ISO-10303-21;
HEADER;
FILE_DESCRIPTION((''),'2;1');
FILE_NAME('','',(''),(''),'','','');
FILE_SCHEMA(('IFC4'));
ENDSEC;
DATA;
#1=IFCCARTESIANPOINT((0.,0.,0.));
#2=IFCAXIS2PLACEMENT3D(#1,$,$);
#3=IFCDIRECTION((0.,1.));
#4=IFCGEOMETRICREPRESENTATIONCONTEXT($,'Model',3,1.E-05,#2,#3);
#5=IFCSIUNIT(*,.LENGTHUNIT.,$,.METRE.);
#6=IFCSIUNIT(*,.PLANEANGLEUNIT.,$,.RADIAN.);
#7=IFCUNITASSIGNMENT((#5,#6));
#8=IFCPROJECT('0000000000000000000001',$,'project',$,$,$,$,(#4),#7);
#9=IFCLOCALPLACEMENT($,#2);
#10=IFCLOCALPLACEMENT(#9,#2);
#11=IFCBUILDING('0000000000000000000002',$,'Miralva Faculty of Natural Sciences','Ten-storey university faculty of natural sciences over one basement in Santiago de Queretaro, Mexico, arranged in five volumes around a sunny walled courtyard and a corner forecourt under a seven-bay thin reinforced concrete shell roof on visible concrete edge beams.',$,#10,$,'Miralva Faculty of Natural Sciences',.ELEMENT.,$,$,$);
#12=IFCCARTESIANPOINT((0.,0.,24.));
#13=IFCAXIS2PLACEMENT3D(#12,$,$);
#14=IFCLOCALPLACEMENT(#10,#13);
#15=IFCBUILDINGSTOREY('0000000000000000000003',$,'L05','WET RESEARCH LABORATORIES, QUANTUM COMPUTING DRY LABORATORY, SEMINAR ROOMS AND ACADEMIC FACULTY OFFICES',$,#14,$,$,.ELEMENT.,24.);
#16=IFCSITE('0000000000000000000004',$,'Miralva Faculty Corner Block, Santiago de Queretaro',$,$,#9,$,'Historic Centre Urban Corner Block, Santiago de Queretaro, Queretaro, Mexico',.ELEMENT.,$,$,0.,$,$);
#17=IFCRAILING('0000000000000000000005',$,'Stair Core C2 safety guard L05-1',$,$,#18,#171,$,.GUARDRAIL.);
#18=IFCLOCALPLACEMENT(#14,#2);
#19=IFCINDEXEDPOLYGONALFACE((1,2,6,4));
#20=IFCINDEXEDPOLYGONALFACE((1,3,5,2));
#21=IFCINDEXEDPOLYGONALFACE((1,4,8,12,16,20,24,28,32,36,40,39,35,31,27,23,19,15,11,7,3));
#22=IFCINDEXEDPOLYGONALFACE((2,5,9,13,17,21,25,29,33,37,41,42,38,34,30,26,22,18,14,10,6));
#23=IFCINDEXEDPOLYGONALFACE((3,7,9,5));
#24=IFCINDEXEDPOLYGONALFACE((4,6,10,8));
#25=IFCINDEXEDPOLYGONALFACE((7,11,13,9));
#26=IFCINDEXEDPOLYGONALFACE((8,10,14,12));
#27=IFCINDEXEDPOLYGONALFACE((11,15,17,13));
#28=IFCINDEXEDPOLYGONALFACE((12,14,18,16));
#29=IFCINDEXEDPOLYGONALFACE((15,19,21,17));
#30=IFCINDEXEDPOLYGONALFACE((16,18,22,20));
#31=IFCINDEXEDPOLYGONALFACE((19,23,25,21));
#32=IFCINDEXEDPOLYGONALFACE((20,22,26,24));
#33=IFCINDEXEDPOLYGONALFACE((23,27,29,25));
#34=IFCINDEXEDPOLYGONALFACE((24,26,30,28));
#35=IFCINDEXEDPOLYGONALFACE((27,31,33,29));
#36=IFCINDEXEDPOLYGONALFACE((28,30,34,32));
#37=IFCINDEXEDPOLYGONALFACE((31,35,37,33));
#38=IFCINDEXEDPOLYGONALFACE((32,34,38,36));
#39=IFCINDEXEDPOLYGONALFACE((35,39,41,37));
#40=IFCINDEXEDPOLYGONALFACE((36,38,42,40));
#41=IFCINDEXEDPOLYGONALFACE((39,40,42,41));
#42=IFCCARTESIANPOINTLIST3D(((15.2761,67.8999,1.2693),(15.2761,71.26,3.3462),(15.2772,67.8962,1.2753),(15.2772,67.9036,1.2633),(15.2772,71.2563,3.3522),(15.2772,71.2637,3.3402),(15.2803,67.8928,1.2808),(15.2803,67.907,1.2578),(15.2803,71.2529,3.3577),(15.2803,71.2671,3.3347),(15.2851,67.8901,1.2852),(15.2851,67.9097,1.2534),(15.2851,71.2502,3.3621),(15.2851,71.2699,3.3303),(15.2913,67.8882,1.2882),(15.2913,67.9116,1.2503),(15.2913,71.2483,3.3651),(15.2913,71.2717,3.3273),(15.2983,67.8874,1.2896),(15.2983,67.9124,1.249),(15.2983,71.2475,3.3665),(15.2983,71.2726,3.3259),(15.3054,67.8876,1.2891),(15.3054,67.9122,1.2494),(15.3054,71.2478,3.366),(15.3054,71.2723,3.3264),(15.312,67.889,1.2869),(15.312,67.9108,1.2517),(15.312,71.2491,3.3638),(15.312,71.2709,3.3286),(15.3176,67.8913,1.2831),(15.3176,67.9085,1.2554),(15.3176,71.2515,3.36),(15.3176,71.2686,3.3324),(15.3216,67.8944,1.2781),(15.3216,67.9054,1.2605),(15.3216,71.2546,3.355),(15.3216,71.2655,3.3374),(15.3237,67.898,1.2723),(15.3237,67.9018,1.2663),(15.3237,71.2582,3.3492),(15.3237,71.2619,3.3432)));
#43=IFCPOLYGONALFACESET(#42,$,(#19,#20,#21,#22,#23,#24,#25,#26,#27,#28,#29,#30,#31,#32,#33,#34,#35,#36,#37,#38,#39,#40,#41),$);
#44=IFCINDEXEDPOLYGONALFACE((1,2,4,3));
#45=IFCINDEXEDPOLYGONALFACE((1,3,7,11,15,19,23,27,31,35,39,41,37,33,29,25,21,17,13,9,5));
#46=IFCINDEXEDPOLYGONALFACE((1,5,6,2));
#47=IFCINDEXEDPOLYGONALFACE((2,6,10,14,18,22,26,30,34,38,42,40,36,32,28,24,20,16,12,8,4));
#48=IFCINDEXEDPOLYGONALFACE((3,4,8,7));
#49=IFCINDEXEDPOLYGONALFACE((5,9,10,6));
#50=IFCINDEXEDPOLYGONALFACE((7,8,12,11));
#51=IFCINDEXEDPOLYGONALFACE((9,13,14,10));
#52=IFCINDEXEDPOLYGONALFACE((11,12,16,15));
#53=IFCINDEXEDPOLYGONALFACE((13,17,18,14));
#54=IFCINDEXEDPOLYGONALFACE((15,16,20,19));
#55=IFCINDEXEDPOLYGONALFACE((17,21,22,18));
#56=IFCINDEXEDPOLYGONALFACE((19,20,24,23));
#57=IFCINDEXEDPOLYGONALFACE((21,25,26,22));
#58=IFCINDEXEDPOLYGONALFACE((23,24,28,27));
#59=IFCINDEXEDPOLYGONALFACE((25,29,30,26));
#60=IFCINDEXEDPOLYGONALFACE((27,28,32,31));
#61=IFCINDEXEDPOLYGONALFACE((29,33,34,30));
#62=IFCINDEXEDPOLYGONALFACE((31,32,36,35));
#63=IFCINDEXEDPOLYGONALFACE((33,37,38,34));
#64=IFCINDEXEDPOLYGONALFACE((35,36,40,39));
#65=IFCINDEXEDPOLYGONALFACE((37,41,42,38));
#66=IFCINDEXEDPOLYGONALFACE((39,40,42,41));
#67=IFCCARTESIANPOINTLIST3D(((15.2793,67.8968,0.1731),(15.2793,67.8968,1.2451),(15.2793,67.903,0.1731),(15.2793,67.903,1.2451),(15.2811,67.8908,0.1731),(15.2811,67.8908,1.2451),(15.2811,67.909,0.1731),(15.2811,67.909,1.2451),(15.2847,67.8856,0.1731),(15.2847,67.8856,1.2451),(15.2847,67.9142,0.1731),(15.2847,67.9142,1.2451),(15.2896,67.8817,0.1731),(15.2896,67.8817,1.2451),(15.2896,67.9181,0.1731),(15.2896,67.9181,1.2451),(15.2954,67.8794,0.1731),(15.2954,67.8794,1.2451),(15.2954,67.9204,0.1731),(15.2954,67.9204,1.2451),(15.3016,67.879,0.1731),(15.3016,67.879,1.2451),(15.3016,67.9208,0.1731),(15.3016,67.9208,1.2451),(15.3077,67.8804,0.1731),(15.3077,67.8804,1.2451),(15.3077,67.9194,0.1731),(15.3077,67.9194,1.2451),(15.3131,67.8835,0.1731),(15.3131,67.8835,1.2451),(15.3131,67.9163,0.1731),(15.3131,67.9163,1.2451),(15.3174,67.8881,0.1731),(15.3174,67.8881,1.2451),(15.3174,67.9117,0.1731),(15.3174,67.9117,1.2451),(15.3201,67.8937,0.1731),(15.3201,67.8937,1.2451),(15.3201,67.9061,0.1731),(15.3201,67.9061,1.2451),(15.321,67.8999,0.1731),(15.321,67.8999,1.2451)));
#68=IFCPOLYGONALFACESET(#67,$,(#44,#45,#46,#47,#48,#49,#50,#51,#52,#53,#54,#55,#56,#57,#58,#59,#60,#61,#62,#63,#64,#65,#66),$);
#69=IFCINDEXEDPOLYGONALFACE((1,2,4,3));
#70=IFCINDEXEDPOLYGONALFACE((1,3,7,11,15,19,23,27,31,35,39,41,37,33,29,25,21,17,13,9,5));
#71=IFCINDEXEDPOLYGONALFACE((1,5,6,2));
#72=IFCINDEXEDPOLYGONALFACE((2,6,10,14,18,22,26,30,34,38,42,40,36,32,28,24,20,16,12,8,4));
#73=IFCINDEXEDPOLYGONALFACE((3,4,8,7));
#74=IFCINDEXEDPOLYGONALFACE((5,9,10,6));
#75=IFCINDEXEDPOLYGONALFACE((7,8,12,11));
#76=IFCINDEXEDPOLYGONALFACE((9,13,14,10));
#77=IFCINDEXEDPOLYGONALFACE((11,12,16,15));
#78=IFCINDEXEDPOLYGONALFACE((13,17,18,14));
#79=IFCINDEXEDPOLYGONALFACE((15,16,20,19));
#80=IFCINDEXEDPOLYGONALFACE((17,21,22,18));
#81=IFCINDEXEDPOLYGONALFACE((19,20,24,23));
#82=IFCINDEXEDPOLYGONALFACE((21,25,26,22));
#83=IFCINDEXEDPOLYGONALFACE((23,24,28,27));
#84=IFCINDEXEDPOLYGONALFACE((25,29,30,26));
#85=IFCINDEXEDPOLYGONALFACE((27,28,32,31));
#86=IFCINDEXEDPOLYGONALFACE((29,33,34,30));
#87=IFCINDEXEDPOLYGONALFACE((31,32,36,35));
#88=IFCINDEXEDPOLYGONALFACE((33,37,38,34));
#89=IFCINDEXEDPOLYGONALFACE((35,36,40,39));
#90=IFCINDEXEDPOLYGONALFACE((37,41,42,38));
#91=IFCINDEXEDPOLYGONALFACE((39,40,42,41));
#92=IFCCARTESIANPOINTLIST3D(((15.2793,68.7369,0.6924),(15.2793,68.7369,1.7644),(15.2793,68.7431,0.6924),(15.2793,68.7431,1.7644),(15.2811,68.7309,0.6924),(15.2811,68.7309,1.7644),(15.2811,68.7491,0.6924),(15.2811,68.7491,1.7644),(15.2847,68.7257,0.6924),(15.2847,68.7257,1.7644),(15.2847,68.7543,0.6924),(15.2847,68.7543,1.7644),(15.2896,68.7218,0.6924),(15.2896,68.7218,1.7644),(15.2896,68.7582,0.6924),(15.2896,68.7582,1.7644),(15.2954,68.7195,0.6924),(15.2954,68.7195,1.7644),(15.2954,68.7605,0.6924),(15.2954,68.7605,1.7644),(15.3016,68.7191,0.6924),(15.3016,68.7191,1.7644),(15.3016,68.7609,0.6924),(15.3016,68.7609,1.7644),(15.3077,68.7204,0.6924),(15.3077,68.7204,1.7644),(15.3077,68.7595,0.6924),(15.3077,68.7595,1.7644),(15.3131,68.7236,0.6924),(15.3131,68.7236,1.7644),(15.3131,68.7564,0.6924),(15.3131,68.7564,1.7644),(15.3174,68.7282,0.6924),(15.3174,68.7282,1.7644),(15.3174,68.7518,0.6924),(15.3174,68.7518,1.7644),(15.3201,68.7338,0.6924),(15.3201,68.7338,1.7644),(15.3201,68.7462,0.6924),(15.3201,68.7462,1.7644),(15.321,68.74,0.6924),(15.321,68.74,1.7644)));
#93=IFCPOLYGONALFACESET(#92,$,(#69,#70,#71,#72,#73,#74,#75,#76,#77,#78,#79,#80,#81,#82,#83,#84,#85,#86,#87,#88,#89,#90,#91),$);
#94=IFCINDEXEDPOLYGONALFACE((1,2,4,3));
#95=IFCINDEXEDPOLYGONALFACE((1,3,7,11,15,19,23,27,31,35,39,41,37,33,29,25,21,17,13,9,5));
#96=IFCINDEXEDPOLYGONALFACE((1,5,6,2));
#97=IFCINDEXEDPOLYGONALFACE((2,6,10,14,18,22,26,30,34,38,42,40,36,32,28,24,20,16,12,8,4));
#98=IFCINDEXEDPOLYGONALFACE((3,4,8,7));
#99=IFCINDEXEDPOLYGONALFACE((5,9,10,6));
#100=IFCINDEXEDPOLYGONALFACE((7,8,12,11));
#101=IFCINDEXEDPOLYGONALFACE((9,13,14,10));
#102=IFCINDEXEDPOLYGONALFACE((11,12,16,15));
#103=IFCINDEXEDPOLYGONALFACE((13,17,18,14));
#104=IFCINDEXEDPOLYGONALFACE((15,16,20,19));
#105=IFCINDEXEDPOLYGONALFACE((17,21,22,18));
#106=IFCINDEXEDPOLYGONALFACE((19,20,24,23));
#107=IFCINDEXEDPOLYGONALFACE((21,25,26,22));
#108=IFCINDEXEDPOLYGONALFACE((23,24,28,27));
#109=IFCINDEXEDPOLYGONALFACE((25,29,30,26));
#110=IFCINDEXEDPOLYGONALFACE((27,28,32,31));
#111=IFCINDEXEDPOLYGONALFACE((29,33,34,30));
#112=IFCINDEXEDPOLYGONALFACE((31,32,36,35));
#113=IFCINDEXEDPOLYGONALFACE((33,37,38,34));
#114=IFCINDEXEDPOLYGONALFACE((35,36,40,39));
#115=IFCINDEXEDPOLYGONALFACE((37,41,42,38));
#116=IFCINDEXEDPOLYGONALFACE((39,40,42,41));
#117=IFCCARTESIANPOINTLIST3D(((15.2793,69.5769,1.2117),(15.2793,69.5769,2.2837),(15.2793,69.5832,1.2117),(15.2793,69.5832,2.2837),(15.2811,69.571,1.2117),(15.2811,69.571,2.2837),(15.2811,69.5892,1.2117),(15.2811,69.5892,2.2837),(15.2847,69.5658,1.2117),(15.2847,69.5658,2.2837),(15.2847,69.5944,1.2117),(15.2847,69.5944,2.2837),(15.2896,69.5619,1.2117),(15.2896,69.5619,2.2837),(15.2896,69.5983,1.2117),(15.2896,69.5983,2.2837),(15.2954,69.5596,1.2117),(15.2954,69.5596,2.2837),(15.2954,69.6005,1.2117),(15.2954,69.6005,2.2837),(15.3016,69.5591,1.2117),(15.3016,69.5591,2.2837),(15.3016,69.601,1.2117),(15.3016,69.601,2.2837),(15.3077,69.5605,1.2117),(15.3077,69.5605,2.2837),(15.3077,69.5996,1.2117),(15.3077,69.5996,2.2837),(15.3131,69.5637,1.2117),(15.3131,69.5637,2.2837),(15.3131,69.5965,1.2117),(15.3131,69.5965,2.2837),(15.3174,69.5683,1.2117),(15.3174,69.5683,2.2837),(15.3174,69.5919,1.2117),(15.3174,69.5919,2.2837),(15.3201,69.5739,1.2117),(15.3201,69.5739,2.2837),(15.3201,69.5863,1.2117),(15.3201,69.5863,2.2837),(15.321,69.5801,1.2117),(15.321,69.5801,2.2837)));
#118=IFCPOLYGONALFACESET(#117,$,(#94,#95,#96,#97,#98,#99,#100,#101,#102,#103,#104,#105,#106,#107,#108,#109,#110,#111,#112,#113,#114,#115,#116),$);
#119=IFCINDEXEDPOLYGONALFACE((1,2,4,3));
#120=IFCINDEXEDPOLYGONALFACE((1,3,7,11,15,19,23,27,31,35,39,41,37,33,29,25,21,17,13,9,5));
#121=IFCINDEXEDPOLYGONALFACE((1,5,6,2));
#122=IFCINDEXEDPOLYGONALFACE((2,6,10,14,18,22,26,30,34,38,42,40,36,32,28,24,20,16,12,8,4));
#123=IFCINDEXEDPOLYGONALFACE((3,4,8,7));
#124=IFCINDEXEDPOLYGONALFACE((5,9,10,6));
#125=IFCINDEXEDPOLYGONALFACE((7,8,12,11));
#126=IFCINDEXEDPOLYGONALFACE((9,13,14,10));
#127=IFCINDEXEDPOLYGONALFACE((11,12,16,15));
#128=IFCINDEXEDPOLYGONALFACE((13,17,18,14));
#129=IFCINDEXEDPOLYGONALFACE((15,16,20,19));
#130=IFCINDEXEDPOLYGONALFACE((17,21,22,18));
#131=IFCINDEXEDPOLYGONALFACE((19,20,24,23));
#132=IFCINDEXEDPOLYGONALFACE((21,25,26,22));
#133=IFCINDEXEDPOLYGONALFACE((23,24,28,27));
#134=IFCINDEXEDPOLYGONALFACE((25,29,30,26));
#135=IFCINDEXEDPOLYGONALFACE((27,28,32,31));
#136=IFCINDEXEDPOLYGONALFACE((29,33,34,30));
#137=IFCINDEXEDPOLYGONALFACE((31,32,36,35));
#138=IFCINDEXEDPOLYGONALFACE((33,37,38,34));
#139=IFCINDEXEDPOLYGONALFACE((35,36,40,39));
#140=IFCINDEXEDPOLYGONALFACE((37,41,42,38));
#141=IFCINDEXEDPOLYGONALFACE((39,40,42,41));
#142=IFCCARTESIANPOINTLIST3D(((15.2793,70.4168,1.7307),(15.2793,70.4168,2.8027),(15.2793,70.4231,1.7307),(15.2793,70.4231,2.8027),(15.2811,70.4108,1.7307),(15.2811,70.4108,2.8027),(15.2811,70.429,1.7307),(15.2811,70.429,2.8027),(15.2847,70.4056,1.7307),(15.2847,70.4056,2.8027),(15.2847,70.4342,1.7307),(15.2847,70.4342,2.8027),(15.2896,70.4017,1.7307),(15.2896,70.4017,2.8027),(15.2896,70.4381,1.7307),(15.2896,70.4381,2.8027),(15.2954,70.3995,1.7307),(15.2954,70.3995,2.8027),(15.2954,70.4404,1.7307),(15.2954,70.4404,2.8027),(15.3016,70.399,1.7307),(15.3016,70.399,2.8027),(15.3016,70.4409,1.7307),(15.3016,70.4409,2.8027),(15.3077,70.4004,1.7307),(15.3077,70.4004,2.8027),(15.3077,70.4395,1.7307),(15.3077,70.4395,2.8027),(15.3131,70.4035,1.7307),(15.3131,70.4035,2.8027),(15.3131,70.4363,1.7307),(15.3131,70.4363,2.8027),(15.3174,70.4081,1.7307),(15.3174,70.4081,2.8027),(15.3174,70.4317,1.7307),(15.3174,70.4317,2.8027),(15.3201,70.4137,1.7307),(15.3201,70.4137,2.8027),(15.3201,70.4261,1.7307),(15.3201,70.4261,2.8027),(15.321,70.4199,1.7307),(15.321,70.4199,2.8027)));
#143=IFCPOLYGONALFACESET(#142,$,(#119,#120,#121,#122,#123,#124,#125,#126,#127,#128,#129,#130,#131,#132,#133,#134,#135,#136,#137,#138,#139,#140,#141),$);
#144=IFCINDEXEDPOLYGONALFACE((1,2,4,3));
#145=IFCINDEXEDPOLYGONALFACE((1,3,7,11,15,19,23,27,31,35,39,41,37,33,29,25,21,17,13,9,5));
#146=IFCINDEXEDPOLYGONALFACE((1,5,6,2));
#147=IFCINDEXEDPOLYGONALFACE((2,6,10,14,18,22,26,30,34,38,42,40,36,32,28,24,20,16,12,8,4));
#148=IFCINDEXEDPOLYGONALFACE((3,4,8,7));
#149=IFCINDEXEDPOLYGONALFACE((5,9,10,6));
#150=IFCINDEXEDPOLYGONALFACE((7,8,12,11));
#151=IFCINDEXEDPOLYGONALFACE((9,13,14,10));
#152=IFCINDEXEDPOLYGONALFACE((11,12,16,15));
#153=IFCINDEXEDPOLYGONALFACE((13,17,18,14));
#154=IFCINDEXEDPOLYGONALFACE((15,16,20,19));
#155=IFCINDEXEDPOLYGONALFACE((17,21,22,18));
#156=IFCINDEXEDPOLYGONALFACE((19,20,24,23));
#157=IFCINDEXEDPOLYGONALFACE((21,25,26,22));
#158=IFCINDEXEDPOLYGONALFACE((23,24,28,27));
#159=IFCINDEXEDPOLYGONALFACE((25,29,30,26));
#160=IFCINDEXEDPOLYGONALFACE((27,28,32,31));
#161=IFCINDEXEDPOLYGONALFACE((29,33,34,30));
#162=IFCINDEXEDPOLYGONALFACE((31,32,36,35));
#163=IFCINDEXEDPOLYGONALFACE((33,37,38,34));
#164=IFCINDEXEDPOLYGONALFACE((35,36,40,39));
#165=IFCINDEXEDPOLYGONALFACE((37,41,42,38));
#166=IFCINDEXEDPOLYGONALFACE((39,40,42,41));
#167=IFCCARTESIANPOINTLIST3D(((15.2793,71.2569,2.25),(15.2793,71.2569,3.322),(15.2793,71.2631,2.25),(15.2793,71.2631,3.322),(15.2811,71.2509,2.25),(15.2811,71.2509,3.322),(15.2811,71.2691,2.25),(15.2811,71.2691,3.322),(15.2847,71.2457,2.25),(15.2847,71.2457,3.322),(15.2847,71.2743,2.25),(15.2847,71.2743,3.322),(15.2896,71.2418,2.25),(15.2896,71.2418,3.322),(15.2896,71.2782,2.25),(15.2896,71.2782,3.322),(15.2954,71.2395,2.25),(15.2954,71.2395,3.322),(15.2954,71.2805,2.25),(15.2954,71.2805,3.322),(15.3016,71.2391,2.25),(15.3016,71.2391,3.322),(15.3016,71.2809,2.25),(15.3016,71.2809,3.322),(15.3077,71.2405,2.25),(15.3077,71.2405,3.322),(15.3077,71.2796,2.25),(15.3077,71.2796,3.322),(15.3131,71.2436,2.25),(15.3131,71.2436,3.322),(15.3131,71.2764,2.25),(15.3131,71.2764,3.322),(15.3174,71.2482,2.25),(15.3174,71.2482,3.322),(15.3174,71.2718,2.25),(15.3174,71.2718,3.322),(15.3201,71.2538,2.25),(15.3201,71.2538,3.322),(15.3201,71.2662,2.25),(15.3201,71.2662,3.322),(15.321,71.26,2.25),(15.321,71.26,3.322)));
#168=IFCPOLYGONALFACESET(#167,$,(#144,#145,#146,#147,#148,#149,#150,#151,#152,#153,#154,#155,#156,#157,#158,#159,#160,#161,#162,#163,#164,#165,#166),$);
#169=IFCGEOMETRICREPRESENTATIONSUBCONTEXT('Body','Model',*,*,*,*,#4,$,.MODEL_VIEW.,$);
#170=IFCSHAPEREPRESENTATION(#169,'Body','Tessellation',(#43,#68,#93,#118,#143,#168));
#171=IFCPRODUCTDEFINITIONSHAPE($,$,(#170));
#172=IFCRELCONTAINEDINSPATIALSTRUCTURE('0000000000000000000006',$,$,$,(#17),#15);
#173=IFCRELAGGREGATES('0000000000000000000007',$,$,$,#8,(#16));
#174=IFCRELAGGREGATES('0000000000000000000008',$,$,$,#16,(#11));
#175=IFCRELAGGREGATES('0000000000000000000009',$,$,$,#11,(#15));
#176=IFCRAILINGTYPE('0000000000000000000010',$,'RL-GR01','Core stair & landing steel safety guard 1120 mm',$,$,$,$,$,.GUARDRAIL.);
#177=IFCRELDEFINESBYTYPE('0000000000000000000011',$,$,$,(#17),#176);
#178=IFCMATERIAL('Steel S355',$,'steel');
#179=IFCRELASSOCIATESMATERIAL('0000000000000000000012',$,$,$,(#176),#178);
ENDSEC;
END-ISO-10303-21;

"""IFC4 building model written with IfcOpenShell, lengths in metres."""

from ifc_helpers import new_model, si_unit, direction, frame, origin, origin_2d, place, context, subcontext, project, spatial, circle, extrude, material, type_object, element, save


model = new_model("IFC4")

# Units and contexts
model_context = context("Model", 3, precision=1e-05, world=origin(), true_north=direction((0.0, 1.0)))
body_context = subcontext(model_context, "Body", "Model", "MODEL_VIEW")
ifc_project = project(units=[si_unit("LENGTHUNIT", "METRE"), si_unit("PLANEANGLEUNIT", "RADIAN")], contexts=[model_context])

# Site, building, storey
site_placement = place(None, origin())
site = spatial("IfcSite", under=ifc_project, at=site_placement, Name="Miralva Faculty Corner Block, Santiago de Queretaro", LongName="Historic Centre Urban Corner Block, Santiago de Queretaro, Queretaro, Mexico", CompositionType="ELEMENT", RefElevation=0.0)
building_placement = place(site_placement, origin())
building = spatial("IfcBuilding", under=site, at=building_placement, Name="Miralva Faculty of Natural Sciences", Description="Ten-storey university faculty of natural sciences over one basement in Santiago de Queretaro, Mexico, arranged in five volumes around a sunny walled courtyard and a corner forecourt under a seven-bay thin reinforced concrete shell roof on visible concrete edge beams.", LongName="Miralva Faculty of Natural Sciences", CompositionType="ELEMENT")
storey_placement = place(building_placement, frame((0.0, 0.0, 24.0)))
storey = spatial("IfcBuildingStorey", under=building, at=storey_placement, Name="L05", Description="WET RESEARCH LABORATORIES, QUANTUM COMPUTING DRY LABORATORY, SEMINAR ROOMS AND ACADEMIC FACULTY OFFICES", CompositionType="ELEMENT", Elevation=24.0)

# Railing
ifc_material_1 = material(Name="Steel S355", Category="steel")
railing_type_1 = type_object("IfcRailingType", Name="RL-GR01", Description="Core stair & landing steel safety guard 1120 mm", PredefinedType="GUARDRAIL", material=ifc_material_1)
railing_1_placement = place(storey_placement, frame((15.3, 67.8999, 0.1731)))
element("IfcRailing", 1, at=railing_1_placement, inside=storey, type_object=railing_type_1, Name="Stair Core C2 safety guard L05-1", PredefinedType="GUARDRAIL", context=body_context, shape_type="SweptSolid", body=[
    extrude(circle(Radius=0.0239, at=origin_2d()), frame((0.0, 0.0, 1.0962), z_axis=(0.0, 0.850623, 0.525776), x_axis=(-1.0, 0.0, 0.0)), (0.0, 0.0, 1.0), 3.9502),
    extrude(circle(Radius=0.021, at=origin_2d()), origin(), (0.0, 0.0, 1.0), 1.072),
    extrude(circle(Radius=0.021, at=origin_2d()), frame((0.0, 0.8401, 0.5193)), (0.0, 0.0, 1.0), 1.072),
    extrude(circle(Radius=0.021, at=origin_2d()), frame((0.0, 1.6802, 1.0386)), (0.0, 0.0, 1.0), 1.072),
    extrude(circle(Radius=0.021, at=origin_2d()), frame((0.0, 2.52, 1.5576)), (0.0, 0.0, 1.0), 1.072),
    extrude(circle(Radius=0.021, at=origin_2d()), frame((0.0, 3.3601, 2.0769)), (0.0, 0.0, 1.0), 1.072),
])

save(model, "model.ifc")
